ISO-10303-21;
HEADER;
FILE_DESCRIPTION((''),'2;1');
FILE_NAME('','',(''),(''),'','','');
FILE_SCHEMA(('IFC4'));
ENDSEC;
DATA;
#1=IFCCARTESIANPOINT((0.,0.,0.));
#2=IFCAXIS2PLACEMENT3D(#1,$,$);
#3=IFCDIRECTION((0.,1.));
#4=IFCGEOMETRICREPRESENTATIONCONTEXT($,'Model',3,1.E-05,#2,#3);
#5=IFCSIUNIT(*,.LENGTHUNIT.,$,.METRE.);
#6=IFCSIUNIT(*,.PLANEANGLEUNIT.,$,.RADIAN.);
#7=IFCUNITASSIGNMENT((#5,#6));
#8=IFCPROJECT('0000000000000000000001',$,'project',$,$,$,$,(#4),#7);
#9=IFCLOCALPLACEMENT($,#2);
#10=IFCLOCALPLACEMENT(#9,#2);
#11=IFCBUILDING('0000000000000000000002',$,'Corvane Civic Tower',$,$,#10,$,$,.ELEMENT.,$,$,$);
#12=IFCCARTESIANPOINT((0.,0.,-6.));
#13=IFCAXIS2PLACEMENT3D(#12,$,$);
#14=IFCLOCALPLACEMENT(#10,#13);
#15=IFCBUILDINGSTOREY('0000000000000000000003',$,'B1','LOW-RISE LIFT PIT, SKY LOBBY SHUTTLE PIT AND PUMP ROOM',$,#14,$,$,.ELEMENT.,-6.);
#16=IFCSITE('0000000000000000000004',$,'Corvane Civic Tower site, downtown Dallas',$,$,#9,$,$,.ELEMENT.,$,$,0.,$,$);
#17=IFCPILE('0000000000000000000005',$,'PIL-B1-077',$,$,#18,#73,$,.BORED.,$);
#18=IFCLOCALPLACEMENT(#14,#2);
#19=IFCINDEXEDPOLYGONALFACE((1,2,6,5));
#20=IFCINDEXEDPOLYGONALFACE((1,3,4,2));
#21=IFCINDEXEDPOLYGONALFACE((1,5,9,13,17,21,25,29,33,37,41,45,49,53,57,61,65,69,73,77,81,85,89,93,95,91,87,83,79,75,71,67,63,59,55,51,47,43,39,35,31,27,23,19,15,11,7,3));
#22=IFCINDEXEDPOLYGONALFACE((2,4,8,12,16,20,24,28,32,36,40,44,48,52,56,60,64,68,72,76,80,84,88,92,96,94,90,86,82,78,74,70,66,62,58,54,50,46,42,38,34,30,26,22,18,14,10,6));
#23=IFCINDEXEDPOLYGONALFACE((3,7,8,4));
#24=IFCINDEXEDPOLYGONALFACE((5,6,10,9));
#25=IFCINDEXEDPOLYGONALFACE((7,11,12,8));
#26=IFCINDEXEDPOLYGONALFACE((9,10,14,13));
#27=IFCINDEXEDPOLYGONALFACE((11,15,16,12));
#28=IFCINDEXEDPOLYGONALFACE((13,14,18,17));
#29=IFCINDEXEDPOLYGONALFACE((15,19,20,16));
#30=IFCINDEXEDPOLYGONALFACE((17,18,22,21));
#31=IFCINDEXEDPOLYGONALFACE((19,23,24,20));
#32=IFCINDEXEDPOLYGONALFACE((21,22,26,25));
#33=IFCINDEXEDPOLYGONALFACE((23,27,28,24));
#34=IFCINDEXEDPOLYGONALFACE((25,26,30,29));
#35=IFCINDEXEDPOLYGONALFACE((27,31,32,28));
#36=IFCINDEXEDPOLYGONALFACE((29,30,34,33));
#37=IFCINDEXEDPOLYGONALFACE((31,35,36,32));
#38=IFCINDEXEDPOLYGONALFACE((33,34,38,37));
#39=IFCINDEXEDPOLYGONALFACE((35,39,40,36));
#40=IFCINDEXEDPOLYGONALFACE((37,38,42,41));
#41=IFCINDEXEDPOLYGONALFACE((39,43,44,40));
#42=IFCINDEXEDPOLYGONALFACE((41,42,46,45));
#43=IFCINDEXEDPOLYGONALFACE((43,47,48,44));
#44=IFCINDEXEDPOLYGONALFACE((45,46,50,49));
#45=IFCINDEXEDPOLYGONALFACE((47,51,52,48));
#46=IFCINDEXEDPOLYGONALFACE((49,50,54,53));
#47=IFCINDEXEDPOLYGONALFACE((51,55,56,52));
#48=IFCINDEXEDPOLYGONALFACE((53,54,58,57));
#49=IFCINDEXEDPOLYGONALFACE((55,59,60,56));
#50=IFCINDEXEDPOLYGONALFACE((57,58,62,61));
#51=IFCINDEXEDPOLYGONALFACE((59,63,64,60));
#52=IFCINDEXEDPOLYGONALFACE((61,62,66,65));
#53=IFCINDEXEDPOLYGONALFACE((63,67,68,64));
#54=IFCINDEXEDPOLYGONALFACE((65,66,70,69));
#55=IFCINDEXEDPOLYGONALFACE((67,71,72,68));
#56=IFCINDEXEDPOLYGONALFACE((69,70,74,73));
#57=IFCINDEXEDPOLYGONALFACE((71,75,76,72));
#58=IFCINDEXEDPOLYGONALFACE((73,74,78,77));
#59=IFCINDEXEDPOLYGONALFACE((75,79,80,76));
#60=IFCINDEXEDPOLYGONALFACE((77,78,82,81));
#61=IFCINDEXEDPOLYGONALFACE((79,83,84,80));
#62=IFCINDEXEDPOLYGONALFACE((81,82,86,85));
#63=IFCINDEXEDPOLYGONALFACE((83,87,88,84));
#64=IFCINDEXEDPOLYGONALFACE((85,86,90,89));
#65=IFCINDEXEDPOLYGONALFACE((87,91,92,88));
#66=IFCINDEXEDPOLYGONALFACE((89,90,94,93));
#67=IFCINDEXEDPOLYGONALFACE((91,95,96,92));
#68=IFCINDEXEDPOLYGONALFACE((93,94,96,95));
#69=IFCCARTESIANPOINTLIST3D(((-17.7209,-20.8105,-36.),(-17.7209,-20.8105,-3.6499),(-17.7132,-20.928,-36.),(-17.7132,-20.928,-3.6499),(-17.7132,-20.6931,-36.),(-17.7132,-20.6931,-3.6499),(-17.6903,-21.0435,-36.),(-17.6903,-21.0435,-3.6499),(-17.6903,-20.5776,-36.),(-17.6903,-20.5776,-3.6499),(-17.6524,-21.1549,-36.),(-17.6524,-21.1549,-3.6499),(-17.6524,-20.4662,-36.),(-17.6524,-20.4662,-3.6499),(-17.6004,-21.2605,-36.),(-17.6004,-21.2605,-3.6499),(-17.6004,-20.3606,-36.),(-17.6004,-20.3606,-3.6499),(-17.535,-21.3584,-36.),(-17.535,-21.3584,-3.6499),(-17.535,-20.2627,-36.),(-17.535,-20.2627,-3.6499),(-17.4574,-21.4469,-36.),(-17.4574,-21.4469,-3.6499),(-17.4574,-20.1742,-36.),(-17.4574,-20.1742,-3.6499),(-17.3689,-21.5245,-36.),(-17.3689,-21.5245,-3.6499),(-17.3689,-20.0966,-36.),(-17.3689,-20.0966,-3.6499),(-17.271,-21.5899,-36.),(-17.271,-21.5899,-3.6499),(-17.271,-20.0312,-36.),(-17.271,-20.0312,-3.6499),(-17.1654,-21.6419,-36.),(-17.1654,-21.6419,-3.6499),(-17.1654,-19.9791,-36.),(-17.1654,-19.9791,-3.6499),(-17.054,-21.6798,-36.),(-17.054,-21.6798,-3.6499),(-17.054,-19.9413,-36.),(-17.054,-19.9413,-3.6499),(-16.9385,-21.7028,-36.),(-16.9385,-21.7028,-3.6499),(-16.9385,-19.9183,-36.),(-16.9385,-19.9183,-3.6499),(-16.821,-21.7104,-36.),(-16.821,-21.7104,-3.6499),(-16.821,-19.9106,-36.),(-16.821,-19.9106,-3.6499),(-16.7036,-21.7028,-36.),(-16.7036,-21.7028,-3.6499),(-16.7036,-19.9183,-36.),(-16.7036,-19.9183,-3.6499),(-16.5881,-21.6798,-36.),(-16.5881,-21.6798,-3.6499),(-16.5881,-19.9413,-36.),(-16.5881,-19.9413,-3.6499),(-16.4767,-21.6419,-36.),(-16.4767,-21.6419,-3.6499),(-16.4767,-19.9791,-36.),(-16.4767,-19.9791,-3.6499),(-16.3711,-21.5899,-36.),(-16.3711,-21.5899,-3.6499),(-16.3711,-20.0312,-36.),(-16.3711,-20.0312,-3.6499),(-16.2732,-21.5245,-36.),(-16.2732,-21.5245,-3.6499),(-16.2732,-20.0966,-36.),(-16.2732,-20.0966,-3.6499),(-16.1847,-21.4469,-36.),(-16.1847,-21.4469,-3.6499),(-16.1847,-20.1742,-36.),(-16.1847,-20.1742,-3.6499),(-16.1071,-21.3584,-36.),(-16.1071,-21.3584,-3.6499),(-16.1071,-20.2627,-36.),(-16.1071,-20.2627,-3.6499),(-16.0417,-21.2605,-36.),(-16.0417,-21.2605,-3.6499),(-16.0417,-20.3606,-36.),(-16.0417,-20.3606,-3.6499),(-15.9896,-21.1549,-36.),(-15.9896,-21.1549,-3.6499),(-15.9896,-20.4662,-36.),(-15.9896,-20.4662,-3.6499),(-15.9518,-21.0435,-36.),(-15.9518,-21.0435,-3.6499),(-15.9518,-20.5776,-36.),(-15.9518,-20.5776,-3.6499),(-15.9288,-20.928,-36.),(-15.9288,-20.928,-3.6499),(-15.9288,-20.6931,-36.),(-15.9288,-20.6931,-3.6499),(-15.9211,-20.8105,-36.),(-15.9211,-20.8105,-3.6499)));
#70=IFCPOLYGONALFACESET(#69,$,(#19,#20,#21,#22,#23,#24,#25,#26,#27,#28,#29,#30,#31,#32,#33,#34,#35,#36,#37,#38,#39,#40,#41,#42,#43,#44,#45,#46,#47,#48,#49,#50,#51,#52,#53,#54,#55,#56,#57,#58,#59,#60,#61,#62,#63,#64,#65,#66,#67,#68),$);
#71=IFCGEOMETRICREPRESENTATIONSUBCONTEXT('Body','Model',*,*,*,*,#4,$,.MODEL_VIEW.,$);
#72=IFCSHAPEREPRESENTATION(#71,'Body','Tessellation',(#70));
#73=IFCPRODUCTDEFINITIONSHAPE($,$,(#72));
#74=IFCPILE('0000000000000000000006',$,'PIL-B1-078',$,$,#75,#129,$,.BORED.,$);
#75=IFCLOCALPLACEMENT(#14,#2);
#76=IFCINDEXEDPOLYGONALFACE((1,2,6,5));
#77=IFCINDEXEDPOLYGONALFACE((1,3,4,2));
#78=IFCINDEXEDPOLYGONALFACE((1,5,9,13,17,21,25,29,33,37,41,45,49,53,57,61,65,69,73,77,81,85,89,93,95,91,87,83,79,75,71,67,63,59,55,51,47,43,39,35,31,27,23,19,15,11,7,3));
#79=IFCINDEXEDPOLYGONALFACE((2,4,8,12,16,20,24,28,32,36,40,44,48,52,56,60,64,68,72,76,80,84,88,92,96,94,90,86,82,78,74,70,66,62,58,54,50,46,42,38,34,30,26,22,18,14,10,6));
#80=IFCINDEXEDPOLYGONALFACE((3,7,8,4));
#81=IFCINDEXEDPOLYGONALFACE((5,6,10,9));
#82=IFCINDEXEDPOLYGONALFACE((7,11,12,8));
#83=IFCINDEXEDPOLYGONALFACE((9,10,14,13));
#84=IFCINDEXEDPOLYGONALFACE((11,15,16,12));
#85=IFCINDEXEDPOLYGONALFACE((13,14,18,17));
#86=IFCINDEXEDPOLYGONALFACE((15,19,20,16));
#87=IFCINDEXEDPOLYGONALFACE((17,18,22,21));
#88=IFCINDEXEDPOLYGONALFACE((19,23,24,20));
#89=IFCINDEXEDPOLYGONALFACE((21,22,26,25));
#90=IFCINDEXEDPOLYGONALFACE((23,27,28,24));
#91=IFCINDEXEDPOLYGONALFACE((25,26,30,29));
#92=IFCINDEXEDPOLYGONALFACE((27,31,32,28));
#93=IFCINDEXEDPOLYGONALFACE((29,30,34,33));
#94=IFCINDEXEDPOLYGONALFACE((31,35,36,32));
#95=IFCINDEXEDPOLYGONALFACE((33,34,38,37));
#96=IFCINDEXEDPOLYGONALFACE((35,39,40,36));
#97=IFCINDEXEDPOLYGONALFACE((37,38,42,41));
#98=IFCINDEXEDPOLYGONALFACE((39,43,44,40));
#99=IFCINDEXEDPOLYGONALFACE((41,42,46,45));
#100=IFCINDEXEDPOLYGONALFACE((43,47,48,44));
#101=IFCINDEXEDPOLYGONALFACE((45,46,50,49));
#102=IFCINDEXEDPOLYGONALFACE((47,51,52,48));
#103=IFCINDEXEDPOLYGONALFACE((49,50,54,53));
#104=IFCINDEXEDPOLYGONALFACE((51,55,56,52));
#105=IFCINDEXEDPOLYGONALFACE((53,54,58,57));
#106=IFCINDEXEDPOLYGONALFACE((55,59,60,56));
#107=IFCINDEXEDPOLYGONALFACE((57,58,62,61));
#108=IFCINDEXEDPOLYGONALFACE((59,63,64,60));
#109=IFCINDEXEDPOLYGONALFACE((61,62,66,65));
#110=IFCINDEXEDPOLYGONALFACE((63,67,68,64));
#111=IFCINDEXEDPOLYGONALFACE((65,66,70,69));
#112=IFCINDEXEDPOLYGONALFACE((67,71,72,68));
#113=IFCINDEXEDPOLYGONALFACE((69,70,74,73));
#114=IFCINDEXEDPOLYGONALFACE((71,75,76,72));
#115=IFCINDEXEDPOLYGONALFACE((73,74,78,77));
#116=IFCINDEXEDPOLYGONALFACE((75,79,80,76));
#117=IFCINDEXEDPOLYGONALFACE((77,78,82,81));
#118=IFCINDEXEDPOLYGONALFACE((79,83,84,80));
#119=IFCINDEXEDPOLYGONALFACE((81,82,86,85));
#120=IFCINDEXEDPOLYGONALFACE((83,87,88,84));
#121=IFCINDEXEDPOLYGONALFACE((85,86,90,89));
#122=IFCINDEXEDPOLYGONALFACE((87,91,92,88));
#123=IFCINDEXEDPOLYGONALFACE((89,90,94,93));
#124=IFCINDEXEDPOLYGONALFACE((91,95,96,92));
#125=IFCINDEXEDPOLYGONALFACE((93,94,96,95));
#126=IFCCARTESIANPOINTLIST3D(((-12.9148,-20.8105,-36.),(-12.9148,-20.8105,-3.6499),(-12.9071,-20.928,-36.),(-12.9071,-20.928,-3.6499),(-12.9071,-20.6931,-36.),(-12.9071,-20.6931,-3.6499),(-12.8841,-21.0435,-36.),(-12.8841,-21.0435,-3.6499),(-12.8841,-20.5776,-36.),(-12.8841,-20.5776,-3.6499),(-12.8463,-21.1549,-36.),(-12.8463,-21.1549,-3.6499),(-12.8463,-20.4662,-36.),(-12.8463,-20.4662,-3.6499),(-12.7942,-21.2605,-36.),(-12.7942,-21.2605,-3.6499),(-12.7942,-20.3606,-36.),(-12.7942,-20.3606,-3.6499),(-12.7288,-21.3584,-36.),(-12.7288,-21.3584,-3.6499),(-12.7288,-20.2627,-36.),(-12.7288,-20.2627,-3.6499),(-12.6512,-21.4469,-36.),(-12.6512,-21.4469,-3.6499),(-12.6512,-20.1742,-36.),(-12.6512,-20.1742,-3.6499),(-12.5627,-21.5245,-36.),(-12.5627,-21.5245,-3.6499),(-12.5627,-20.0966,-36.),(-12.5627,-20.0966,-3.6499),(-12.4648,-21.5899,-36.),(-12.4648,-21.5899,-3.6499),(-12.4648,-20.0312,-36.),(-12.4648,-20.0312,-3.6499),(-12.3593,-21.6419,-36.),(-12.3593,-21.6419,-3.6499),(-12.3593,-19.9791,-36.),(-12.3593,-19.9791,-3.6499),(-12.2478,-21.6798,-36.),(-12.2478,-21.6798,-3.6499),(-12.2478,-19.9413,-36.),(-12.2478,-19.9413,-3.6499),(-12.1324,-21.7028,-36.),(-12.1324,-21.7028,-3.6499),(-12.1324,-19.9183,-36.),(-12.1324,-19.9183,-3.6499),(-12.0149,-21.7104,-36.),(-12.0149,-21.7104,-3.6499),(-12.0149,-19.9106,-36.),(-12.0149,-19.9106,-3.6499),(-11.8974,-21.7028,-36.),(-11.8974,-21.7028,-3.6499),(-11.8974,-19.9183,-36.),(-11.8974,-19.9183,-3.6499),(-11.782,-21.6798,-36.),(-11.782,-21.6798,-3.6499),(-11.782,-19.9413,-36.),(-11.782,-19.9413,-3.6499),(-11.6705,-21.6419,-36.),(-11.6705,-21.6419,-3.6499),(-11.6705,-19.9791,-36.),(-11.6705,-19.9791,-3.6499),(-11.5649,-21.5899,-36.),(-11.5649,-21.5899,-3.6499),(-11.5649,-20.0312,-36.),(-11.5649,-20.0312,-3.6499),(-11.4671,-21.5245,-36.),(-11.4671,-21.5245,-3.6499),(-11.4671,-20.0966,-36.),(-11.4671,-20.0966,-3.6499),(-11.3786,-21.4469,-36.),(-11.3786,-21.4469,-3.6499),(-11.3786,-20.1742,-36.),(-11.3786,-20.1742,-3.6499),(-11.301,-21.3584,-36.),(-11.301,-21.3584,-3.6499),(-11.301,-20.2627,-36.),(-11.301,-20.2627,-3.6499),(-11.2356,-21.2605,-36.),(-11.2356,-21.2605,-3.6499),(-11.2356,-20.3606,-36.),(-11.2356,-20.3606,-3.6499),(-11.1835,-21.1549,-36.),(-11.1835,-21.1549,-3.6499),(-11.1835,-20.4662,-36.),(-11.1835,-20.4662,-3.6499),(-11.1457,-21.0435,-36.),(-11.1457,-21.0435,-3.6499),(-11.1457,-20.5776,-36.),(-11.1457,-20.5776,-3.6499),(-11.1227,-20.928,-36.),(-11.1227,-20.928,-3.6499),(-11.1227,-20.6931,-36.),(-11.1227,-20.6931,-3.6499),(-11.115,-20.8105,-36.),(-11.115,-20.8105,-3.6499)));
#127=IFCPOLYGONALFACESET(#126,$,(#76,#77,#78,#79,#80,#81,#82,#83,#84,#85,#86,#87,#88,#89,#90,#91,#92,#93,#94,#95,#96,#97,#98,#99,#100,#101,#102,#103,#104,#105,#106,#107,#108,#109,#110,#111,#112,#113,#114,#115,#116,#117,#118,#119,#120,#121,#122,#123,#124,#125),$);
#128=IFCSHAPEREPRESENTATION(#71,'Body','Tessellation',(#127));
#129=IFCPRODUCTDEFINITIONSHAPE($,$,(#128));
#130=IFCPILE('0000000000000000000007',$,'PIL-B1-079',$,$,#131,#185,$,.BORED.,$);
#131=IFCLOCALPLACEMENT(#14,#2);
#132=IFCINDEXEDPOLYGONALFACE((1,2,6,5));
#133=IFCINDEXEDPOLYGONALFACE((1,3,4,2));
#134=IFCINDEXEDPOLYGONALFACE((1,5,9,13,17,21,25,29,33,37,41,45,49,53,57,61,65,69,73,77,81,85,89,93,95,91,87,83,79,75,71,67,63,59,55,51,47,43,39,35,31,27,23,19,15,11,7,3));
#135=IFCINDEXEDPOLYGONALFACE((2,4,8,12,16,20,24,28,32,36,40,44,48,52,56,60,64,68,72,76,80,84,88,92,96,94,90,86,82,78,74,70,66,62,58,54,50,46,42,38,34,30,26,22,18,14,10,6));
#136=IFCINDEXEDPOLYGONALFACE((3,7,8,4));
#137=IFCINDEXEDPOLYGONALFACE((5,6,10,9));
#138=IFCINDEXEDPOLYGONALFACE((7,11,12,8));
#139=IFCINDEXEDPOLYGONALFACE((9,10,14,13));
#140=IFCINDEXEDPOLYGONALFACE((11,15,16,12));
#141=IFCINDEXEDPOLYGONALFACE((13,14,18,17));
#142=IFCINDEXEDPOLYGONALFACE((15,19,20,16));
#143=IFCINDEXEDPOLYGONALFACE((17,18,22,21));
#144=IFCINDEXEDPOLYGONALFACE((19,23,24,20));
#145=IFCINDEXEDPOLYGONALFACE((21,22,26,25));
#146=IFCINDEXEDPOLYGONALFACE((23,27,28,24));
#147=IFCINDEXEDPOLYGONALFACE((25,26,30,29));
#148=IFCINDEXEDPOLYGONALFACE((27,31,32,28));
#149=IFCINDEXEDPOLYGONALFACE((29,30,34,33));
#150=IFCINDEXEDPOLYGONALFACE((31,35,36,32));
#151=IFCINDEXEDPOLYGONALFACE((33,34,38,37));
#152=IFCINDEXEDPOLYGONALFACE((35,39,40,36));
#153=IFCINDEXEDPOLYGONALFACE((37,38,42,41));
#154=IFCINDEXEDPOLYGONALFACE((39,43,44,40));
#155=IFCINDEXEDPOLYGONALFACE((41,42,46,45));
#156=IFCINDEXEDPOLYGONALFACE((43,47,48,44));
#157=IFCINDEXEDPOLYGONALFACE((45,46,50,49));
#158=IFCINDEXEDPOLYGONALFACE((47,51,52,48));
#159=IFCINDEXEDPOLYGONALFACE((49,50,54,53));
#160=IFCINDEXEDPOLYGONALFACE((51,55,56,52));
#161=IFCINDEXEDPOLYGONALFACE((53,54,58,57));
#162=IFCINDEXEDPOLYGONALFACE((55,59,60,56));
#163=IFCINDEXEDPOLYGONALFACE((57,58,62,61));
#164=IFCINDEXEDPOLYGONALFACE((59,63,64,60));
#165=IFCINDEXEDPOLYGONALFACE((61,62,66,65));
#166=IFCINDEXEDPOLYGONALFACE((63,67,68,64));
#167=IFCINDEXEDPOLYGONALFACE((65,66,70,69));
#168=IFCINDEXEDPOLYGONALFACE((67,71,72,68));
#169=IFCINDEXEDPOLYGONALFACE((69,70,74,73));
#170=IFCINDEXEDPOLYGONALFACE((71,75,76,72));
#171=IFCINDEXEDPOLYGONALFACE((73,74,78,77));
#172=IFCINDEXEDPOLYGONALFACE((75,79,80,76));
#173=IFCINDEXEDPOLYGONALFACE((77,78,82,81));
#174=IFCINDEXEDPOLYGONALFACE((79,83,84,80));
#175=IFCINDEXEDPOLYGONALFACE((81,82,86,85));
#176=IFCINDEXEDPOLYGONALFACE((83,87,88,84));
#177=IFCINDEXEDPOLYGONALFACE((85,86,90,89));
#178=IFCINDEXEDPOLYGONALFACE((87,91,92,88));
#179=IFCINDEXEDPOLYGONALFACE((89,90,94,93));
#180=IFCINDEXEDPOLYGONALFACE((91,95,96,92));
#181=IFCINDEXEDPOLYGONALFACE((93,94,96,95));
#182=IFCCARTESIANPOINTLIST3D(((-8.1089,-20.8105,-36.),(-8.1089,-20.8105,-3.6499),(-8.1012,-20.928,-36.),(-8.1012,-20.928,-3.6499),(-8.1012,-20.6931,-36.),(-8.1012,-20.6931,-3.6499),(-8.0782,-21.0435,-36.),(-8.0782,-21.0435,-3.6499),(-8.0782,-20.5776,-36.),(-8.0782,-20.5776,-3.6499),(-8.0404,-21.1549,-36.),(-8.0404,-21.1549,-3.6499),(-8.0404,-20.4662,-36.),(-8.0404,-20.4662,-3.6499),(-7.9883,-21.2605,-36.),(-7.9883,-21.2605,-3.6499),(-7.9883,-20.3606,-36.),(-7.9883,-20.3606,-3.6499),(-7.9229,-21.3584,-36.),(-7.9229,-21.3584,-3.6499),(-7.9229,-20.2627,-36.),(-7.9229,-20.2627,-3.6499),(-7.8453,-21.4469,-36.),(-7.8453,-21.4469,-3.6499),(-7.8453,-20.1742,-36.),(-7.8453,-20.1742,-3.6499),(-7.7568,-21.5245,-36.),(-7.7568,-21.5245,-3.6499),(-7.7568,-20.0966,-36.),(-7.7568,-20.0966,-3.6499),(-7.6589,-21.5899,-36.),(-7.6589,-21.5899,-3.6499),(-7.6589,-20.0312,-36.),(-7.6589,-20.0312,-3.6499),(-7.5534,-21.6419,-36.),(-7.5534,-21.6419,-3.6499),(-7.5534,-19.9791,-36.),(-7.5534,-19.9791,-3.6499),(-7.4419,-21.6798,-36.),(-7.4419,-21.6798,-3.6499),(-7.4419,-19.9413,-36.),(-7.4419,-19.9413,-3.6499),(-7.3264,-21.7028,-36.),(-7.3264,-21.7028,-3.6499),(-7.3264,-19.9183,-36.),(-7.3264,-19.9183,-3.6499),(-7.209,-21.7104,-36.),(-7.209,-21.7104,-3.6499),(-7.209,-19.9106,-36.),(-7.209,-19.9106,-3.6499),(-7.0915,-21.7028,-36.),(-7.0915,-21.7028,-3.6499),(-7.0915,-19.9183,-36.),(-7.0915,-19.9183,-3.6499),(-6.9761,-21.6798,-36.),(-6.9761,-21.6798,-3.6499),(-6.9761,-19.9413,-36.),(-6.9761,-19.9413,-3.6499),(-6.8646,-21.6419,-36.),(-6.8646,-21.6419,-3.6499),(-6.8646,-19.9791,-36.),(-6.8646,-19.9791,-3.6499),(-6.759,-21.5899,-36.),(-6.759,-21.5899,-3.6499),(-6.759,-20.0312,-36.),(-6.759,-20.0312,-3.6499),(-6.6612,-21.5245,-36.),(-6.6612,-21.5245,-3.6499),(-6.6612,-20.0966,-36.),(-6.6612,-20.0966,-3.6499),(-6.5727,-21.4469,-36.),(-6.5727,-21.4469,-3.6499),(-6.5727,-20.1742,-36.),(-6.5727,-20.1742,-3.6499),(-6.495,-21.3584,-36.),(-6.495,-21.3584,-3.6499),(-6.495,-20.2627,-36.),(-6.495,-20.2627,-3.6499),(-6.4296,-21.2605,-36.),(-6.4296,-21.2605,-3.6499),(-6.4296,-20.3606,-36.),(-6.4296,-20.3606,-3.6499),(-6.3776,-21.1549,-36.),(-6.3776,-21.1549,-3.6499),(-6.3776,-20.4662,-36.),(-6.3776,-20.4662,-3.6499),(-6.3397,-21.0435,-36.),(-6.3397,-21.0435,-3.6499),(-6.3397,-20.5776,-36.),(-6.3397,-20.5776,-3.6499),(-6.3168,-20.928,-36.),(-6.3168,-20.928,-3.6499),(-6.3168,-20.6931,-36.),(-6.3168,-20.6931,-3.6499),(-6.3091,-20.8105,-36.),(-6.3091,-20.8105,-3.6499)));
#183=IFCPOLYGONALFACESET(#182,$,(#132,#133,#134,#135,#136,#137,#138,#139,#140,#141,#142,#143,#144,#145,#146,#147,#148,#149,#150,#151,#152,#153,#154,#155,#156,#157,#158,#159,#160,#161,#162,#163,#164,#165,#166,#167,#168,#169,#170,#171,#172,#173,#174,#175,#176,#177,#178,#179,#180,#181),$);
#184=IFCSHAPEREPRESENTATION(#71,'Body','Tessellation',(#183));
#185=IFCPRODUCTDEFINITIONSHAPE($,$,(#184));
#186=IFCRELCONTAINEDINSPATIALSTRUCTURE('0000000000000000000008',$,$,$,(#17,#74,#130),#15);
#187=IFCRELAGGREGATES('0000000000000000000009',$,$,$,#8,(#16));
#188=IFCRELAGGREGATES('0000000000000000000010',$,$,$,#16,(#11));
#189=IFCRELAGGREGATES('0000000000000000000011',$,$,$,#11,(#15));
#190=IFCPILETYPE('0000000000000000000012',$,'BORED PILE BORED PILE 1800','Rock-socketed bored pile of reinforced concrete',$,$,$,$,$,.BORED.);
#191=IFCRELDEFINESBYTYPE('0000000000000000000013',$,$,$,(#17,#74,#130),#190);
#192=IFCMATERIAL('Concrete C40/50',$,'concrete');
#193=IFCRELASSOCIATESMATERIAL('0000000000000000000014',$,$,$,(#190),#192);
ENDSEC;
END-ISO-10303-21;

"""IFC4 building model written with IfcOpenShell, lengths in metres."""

from ifc_helpers import new_model, si_unit, direction, frame, origin, origin_2d, place, context, subcontext, project, spatial, circle, extrude, material, material_profile, profile_set, type_object, element, save


model = new_model("IFC4")

# Units and contexts
model_context = context("Model", 3, precision=1e-05, world=origin(), true_north=direction((0.0, 1.0)))
body_context = subcontext(model_context, "Body", "Model", "MODEL_VIEW")
ifc_project = project(units=[si_unit("LENGTHUNIT", "METRE"), si_unit("PLANEANGLEUNIT", "RADIAN")], contexts=[model_context])

# Site, building, storey
site_placement = place(None, origin())
site = spatial("IfcSite", under=ifc_project, at=site_placement, Name="Corvane Civic Tower site, downtown Dallas", CompositionType="ELEMENT", RefElevation=0.0)
building_placement = place(site_placement, origin())
building = spatial("IfcBuilding", under=site, at=building_placement, Name="Corvane Civic Tower", CompositionType="ELEMENT")
storey_placement = place(building_placement, frame((0.0, 0.0, -6.0)))
storey = spatial("IfcBuildingStorey", under=building, at=storey_placement, Name="B1", Description="LOW-RISE LIFT PIT, SKY LOBBY SHUTTLE PIT AND PUMP ROOM", CompositionType="ELEMENT", Elevation=-6.0)

# Piles
ifc_material_1 = material(Name="Concrete C40/50", Category="concrete")
ifc_material_profile_1 = material_profile(ifc_material_1, circle(Radius=0.8999, at=origin_2d()), Name="BORED PILE 1800")
ifc_profile_set_1 = profile_set([ifc_material_profile_1], Name="Concrete C40/50")
pile_type = type_object("IfcPileType", Name="BORED PILE BORED PILE 1800", Description="Rock-socketed bored pile of reinforced concrete", PredefinedType="BORED", material=ifc_profile_set_1)
for number, where, z_axis, x_axis, name in (
    (1, (-16.821, -20.8105, -3.6499), (0.0, 0.0, -1.0), (1.0, 0.0, 0.0), "PIL-B1-077"),
    (2, (-12.0149, -20.8105, -3.6499), (0.0, 0.0, -1.0), (1.0, 0.0, 0.0), "PIL-B1-078"),
    (3, (-7.209, -20.8105, -3.6499), (0.0, 0.0, -1.0), (1.0, 0.0, 0.0), "PIL-B1-079"),
):
    element("IfcPile", number, at=place(storey_placement, frame(where, z_axis=z_axis, x_axis=x_axis)), inside=storey, type_object=pile_type, Name=name, PredefinedType="BORED", context=body_context, shape_type="SweptSolid", body=[
        extrude(circle(Radius=0.8999, at=origin_2d()), origin(), (0.0, 0.0, 1.0), 32.3501),
    ])

save(model, "model.ifc")
